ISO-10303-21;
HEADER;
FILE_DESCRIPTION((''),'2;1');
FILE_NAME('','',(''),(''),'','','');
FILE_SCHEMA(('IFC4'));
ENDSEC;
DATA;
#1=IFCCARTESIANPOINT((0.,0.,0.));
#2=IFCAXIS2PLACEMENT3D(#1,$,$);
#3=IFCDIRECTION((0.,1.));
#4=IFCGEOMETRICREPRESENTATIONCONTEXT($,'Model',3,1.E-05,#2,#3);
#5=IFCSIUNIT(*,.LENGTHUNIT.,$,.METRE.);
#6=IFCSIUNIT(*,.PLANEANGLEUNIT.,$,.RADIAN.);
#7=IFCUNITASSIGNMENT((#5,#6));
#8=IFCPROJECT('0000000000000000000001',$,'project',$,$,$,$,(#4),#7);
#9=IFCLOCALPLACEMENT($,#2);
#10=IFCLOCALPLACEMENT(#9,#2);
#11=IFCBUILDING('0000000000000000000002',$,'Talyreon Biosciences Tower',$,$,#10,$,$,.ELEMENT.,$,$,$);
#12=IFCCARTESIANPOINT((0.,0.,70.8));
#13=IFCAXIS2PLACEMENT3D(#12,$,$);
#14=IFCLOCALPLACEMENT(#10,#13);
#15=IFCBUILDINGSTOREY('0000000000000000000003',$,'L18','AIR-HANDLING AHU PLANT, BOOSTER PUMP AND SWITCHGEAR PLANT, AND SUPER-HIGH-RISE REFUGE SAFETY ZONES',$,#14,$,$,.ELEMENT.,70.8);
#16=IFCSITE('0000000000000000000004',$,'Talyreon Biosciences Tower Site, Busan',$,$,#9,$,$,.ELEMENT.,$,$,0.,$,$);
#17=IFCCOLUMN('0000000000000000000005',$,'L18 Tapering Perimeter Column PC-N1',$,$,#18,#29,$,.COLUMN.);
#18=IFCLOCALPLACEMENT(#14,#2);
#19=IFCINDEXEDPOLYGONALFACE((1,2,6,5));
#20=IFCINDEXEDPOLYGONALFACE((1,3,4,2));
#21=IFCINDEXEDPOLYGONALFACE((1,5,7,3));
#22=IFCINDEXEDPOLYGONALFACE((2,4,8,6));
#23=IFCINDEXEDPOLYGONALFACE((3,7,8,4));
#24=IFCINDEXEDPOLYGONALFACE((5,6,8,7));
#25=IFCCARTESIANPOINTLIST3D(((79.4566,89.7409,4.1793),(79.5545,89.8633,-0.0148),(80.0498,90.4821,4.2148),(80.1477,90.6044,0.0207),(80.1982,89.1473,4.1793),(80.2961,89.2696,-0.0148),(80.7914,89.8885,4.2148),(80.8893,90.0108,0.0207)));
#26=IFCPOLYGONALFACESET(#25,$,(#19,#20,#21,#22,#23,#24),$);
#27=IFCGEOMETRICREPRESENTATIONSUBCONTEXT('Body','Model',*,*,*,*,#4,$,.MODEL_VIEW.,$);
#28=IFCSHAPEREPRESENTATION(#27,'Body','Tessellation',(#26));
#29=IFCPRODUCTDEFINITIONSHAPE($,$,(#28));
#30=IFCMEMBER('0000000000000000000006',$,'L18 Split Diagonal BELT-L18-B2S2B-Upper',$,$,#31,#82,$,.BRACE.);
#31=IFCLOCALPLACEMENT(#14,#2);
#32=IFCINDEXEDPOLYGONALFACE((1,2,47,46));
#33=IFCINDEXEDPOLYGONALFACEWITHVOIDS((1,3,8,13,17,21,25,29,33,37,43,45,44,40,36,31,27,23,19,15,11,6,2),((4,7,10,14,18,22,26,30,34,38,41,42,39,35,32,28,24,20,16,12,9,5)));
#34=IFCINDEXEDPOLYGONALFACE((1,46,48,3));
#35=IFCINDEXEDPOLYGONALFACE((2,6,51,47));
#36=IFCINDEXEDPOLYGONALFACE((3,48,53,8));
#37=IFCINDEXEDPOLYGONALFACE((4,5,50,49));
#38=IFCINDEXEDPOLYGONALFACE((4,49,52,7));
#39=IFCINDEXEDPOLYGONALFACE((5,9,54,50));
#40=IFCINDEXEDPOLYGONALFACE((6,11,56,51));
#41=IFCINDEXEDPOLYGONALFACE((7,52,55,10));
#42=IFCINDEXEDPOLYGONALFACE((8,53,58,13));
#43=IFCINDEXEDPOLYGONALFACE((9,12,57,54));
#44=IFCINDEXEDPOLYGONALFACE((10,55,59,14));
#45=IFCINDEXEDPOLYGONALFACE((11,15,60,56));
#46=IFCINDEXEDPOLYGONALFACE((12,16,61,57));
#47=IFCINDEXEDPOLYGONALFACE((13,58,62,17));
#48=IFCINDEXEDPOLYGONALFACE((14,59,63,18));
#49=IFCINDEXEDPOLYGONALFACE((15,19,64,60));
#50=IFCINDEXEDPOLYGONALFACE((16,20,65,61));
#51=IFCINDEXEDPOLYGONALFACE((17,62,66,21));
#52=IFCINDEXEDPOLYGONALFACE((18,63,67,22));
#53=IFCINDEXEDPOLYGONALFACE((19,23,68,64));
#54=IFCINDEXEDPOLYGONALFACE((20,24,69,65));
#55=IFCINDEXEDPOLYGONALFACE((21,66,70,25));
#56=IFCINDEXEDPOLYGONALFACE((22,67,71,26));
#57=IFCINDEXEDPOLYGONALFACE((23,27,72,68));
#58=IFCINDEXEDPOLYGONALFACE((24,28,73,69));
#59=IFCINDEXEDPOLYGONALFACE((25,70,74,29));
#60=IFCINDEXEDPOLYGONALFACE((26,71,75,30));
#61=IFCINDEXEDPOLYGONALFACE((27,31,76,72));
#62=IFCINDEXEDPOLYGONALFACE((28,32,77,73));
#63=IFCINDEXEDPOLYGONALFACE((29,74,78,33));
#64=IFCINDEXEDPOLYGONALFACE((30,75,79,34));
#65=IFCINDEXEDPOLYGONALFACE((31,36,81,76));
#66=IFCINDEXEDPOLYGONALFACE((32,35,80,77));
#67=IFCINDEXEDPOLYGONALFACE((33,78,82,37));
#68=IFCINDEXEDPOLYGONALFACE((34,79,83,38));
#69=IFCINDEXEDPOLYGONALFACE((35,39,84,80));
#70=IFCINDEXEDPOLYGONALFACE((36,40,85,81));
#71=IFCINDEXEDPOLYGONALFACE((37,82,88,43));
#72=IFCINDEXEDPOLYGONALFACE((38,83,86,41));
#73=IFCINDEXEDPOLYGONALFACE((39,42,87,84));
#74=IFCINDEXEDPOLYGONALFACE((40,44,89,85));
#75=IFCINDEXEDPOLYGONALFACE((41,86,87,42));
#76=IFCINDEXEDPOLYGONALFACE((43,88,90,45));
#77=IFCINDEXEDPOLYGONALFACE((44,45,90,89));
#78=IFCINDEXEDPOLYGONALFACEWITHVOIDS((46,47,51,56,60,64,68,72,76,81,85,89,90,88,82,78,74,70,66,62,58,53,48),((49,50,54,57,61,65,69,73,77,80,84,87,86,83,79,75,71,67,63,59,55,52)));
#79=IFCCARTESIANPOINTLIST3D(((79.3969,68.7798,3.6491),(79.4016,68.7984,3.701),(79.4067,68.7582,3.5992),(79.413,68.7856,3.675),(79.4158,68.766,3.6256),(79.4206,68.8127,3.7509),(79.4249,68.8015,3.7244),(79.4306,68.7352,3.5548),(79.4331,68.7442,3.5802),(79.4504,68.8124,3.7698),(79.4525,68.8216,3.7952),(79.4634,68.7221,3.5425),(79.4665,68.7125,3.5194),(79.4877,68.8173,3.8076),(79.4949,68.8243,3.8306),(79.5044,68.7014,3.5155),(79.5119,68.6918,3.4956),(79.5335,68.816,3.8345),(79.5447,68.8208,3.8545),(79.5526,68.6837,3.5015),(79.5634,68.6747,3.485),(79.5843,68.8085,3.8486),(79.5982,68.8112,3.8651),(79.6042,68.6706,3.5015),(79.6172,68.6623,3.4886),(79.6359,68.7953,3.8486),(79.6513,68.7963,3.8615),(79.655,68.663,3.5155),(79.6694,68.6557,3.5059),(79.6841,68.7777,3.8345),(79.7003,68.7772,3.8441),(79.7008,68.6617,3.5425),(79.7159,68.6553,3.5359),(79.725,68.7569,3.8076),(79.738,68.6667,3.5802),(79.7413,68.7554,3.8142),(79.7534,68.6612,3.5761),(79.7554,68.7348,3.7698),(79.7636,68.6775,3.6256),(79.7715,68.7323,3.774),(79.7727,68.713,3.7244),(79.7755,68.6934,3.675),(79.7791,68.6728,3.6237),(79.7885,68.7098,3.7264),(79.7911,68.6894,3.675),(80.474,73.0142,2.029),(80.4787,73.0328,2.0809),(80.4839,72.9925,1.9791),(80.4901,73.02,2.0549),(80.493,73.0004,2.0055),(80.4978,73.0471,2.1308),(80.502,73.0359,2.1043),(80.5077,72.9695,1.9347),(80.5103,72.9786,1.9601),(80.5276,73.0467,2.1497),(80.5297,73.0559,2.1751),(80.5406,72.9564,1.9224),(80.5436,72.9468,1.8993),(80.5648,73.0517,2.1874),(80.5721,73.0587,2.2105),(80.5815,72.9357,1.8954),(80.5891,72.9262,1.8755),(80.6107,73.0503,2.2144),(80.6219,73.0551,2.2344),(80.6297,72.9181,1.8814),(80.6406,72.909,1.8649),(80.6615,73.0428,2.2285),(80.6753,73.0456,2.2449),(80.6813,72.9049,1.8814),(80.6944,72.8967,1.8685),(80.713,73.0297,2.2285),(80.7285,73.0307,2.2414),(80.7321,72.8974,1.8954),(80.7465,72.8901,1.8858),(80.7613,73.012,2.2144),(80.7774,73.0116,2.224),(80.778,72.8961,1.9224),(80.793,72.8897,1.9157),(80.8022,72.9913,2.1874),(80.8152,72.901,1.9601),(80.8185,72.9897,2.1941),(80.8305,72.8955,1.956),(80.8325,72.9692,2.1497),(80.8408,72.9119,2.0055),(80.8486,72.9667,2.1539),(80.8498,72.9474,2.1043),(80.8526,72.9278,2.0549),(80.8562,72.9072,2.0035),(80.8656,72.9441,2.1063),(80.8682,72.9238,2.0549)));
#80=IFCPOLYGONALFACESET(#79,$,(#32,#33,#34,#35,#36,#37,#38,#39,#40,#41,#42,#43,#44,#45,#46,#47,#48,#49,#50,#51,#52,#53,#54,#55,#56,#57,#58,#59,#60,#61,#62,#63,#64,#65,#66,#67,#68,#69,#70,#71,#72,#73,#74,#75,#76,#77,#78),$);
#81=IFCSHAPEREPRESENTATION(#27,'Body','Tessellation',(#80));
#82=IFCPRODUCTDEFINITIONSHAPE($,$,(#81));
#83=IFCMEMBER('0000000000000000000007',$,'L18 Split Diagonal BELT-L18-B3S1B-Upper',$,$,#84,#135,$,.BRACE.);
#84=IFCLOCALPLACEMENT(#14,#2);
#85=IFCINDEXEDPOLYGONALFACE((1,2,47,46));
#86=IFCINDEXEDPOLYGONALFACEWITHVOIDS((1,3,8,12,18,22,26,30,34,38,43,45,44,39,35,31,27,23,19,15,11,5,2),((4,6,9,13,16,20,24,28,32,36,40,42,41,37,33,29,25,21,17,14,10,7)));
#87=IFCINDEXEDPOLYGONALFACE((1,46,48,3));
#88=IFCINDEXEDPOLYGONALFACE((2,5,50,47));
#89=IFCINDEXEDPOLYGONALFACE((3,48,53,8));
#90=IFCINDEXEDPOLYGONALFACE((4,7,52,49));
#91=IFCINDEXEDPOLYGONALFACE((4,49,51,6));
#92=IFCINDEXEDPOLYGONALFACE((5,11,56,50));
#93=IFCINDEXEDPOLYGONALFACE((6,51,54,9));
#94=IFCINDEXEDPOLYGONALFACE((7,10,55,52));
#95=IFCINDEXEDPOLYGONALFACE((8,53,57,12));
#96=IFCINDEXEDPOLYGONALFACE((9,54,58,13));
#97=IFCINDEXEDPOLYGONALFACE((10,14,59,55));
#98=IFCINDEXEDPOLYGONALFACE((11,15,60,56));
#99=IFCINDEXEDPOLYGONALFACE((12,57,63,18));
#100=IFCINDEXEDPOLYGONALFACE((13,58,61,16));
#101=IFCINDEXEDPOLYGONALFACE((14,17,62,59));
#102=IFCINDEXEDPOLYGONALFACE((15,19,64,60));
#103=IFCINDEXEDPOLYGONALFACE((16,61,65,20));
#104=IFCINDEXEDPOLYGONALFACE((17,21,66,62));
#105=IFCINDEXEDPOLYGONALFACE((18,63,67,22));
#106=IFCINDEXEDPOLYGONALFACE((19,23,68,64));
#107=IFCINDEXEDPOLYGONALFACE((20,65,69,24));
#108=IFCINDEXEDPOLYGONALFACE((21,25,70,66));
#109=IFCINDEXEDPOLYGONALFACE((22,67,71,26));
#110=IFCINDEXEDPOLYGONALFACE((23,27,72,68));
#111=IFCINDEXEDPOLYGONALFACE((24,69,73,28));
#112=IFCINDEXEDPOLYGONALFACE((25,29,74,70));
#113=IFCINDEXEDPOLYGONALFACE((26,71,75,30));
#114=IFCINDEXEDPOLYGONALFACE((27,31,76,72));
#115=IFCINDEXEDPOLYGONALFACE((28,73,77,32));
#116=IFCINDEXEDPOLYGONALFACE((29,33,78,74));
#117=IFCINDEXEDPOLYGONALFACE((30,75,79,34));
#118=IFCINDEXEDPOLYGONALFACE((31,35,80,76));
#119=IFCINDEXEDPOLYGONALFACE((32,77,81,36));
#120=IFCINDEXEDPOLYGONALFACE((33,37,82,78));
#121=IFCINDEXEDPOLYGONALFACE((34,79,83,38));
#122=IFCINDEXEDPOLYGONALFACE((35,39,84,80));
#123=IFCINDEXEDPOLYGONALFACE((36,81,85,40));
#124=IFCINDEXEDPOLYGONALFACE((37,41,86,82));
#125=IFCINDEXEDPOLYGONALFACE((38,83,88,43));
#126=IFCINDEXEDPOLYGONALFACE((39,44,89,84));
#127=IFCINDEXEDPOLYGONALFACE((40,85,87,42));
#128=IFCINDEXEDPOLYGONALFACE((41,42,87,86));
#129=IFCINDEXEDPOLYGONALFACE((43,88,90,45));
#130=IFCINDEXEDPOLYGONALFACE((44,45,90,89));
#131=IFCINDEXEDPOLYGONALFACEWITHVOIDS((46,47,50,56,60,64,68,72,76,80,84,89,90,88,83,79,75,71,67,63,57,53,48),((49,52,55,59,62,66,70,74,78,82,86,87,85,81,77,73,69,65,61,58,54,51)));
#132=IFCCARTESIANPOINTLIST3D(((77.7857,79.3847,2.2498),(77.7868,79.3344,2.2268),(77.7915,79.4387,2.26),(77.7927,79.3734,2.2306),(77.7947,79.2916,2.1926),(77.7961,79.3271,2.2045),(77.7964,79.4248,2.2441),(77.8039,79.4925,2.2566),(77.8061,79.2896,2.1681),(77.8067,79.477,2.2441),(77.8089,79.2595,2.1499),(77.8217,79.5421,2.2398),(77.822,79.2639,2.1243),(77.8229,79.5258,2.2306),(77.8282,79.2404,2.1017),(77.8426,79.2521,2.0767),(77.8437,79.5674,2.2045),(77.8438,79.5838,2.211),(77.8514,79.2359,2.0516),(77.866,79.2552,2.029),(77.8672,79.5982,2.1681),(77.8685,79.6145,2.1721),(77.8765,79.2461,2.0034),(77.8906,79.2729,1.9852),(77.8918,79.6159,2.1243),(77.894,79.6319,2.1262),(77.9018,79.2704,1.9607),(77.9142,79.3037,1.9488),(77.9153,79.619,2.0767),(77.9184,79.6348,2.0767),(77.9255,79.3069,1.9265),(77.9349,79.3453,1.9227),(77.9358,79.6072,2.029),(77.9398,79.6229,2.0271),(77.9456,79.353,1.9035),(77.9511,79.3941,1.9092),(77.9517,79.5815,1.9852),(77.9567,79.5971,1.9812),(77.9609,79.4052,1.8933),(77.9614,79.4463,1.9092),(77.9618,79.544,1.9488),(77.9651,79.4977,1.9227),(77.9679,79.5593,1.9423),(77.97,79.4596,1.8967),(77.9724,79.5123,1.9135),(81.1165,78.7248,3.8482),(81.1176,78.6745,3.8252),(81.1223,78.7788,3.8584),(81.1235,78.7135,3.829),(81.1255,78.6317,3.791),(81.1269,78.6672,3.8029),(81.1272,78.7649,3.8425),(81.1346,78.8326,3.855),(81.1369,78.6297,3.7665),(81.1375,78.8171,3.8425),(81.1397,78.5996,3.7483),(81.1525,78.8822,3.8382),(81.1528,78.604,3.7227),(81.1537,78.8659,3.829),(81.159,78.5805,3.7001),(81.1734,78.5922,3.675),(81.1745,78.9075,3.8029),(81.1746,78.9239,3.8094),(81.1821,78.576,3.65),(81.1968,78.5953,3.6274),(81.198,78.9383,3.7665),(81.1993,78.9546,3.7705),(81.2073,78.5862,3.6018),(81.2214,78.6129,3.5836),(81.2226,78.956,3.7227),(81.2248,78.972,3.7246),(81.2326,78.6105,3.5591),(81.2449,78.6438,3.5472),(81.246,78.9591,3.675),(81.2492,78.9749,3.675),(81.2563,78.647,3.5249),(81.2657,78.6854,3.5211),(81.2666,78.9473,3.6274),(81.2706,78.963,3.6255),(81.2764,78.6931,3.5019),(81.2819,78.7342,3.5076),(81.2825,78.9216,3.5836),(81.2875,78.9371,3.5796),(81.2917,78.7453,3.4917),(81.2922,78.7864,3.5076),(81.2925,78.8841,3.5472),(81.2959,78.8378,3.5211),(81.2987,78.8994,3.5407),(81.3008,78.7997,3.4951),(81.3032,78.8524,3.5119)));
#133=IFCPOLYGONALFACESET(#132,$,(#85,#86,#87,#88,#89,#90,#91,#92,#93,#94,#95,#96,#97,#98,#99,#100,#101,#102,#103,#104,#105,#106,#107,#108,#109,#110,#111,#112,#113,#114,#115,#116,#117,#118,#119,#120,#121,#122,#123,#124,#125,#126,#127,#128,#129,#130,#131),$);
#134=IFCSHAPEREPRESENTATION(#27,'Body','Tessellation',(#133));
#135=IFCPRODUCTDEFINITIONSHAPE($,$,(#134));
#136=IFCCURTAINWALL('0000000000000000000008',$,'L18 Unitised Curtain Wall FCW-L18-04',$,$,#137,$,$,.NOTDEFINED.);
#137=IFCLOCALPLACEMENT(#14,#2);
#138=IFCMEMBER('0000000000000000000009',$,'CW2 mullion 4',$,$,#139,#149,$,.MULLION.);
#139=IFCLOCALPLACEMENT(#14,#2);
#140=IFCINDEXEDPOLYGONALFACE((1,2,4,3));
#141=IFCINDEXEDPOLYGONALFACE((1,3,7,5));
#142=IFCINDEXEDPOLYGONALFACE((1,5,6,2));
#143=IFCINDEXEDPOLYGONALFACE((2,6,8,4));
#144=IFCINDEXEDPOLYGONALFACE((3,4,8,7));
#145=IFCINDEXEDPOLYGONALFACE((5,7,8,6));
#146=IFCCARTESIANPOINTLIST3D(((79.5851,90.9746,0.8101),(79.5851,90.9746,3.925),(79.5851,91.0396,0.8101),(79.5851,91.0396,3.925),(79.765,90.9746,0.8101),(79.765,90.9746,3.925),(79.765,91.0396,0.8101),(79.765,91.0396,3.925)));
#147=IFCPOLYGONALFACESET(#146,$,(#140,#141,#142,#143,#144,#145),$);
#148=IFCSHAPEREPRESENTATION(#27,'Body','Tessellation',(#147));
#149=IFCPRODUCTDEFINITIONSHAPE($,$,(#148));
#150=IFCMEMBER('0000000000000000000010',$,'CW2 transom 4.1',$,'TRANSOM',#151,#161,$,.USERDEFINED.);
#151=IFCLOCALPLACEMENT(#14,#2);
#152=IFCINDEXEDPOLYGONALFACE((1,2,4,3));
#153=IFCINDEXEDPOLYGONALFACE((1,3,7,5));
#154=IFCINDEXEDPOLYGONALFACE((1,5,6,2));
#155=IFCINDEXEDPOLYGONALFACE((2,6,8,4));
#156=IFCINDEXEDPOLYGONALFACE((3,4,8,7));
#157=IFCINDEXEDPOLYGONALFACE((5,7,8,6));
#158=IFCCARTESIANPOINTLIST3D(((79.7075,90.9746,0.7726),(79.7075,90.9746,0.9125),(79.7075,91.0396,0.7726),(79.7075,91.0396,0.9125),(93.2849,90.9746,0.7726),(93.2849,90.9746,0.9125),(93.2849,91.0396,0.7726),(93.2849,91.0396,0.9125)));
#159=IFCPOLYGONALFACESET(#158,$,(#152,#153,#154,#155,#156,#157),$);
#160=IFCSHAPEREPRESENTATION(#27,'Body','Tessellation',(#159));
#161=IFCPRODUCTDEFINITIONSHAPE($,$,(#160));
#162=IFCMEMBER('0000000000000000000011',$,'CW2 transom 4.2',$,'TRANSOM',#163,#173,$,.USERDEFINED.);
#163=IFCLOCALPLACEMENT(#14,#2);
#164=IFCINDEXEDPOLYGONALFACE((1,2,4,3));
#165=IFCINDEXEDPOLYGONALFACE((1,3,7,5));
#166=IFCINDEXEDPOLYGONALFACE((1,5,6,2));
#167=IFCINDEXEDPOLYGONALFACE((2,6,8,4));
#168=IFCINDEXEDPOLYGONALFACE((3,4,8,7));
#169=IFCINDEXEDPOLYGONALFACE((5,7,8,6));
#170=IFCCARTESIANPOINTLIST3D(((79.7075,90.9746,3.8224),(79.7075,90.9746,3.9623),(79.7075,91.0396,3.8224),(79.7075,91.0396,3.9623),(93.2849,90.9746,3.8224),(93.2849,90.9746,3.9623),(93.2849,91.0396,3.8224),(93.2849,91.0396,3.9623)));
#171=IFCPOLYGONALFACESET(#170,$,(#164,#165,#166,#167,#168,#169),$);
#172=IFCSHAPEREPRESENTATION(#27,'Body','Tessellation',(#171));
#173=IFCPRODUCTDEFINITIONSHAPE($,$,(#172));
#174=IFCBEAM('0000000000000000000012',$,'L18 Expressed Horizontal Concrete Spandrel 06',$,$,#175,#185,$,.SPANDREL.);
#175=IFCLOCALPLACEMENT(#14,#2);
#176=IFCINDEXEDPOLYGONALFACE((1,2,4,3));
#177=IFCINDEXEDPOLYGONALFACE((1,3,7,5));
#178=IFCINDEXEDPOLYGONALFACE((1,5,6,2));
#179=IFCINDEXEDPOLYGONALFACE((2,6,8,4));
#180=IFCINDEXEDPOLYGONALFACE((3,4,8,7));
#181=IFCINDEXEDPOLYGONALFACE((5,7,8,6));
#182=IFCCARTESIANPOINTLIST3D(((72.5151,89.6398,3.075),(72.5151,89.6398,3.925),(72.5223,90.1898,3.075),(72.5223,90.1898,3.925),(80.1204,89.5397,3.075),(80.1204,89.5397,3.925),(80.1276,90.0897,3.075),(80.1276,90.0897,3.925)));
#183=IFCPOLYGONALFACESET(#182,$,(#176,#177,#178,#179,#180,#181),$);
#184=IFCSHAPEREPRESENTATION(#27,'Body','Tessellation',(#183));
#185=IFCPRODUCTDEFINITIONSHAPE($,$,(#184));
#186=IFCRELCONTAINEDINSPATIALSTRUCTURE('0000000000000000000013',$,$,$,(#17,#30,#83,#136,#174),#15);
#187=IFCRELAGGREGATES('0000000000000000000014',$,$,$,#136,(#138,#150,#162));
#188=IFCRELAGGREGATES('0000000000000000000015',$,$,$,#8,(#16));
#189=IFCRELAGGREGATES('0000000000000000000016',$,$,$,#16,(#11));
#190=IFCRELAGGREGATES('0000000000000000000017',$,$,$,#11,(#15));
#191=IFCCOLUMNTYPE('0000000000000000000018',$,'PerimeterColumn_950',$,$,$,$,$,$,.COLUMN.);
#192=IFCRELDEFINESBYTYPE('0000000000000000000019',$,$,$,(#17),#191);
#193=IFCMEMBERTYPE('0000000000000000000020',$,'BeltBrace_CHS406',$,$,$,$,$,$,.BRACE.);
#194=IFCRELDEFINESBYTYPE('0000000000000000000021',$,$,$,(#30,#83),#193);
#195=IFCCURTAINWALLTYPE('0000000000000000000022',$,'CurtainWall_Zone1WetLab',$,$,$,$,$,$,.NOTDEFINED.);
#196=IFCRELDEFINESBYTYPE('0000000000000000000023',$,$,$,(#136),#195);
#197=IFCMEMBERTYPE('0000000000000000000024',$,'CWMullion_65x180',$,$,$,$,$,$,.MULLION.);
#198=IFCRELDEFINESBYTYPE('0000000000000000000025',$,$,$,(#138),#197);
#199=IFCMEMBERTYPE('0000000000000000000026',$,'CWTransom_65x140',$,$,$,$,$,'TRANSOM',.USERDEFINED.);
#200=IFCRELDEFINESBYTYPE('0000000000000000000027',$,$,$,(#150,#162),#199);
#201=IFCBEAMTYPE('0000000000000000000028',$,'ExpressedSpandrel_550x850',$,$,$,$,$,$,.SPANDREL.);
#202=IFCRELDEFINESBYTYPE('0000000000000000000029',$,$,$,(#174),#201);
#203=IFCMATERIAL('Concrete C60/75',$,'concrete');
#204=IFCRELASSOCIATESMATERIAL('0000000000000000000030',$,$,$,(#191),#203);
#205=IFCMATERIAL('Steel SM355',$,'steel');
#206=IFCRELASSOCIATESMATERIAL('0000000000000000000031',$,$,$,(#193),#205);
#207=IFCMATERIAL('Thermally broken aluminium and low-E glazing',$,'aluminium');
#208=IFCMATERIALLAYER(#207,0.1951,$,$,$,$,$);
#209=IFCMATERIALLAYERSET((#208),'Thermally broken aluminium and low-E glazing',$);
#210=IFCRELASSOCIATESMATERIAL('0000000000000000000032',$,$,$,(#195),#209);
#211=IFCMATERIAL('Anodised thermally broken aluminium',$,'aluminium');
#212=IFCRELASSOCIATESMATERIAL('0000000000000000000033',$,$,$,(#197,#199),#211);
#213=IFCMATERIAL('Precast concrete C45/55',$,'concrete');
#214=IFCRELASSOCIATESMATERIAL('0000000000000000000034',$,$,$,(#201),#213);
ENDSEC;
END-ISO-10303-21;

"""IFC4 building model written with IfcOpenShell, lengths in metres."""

from ifc_helpers import new_model, si_unit, direction, frame, origin, origin_2d, place, context, subcontext, project, spatial, rectangle, hollow_circle, extrude, material, layer, layer_set, material_profile, profile_set, type_object, element, aggregate, save


model = new_model("IFC4")

# Units and contexts
model_context = context("Model", 3, precision=1e-05, world=origin(), true_north=direction((0.0, 1.0)))
body_context = subcontext(model_context, "Body", "Model", "MODEL_VIEW")
ifc_project = project(units=[si_unit("LENGTHUNIT", "METRE"), si_unit("PLANEANGLEUNIT", "RADIAN")], contexts=[model_context])

# Site, building, storey
site_placement = place(None, origin())
site = spatial("IfcSite", under=ifc_project, at=site_placement, Name="Talyreon Biosciences Tower Site, Busan", CompositionType="ELEMENT", RefElevation=0.0)
building_placement = place(site_placement, origin())
building = spatial("IfcBuilding", under=site, at=building_placement, Name="Talyreon Biosciences Tower", CompositionType="ELEMENT")
storey_placement = place(building_placement, frame((0.0, 0.0, 70.8)))
storey = spatial("IfcBuildingStorey", under=building, at=storey_placement, Name="L18", Description="AIR-HANDLING AHU PLANT, BOOSTER PUMP AND SWITCHGEAR PLANT, AND SUPER-HIGH-RISE REFUGE SAFETY ZONES", CompositionType="ELEMENT", Elevation=70.8)

# Column
ifc_material_1 = material(Name="Concrete C60/75", Category="concrete")
ifc_material_profile_1 = material_profile(ifc_material_1, rectangle(XDim=0.95, YDim=0.95, at=origin_2d()), Name="RC 950x950")
ifc_profile_set_1 = profile_set([ifc_material_profile_1], Name="Concrete C60/75")
column_type = type_object("IfcColumnType", Name="PerimeterColumn_950", PredefinedType="COLUMN", material=ifc_profile_set_1)
column_placement = place(storey_placement, frame((80.2219, 89.937, 0.0029), z_axis=(-0.023326, -0.029143, 0.999303), x_axis=(-0.780717, 0.624885, 0.0)))
element("IfcColumn", 1, at=column_placement, inside=storey, type_object=column_type, Name="L18 Tapering Perimeter Column PC-N1", PredefinedType="COLUMN", context=body_context, shape_type="SweptSolid", body=[
    extrude(rectangle(XDim=0.95, YDim=0.95, at=origin_2d()), origin(), (0.0, 0.0, 1.0), 4.197),
])

# Members
ifc_material_2 = material(Name="Steel SM355", Category="steel")
ifc_material_profile_2 = material_profile(ifc_material_2, hollow_circle(Radius=0.2031, WallThickness=0.0161, at=origin_2d()), Name="CHS 406.4x16")
ifc_profile_set_2 = profile_set([ifc_material_profile_2], Name="Steel SM355")
member_type_1 = type_object("IfcMemberType", Name="BeltBrace_CHS406", PredefinedType="BRACE", material=ifc_profile_set_2)
member_1_placement = place(storey_placement, frame((80.6714, 72.9739, 2.0549), z_axis=(-0.231151, -0.908678, 0.34767), x_axis=(0.969135, -0.24653, 0.0)))
element("IfcMember", 2, at=member_1_placement, inside=storey, type_object=member_type_1, Name="L18 Split Diagonal BELT-L18-B2S2B-Upper", PredefinedType="BRACE", context=body_context, shape_type="SweptSolid", body=[
    extrude(hollow_circle(Radius=0.2031, WallThickness=0.0161, at=origin_2d()), origin(), (0.0, 0.0, 1.0), 4.6599),
])
member_2_placement = place(storey_placement, frame((77.8789, 79.4355, 2.0767), z_axis=(0.887518, -0.175838, 0.425902), x_axis=(0.194346, 0.980933, 0.0)))
element("IfcMember", 3, at=member_2_placement, inside=storey, type_object=member_type_1, Name="L18 Split Diagonal BELT-L18-B3S1B-Upper", PredefinedType="BRACE", context=body_context, shape_type="SweptSolid", body=[
    extrude(hollow_circle(Radius=0.2031, WallThickness=0.0161, at=origin_2d()), origin(), (0.0, 0.0, 1.0), 3.7529),
])

# Curtain wall, members
ifc_material_3 = material(Name="Thermally broken aluminium and low-E glazing", Category="aluminium")
ifc_layer_1 = layer(ifc_material_3, 0.1951)
ifc_layer_set_1 = layer_set([ifc_layer_1], Name="Thermally broken aluminium and low-E glazing")
curtain_wall_type = type_object("IfcCurtainWallType", Name="CurtainWall_Zone1WetLab", PredefinedType="NOTDEFINED", material=ifc_layer_set_1)
curtain_wall_placement = place(storey_placement, origin())
curtain_wall = element("IfcCurtainWall", 4, at=curtain_wall_placement, inside=storey, type_object=curtain_wall_type, Name="L18 Unitised Curtain Wall FCW-L18-04", PredefinedType="NOTDEFINED")
ifc_material_4 = material(Name="Anodised thermally broken aluminium", Category="aluminium")
ifc_material_profile_3 = material_profile(ifc_material_4, rectangle(XDim=0.0649, YDim=0.1799, at=origin_2d()), Name="ALUM MULLION 65x180")
ifc_profile_set_3 = profile_set([ifc_material_profile_3], Name="Anodised thermally broken aluminium")
member_type_2 = type_object("IfcMemberType", Name="CWMullion_65x180", PredefinedType="MULLION", material=ifc_profile_set_3)
member_3_placement = place(storey_placement, frame((79.675, 91.0071, 0.8101), z_axis=(0.0, 0.0, 1.0), x_axis=(0.0, 1.0, 0.0)))
member_3 = element("IfcMember", 5, at=member_3_placement, type_object=member_type_2, Name="CW2 mullion 4", PredefinedType="MULLION", context=body_context, shape_type="SweptSolid", body=[
    extrude(rectangle(XDim=0.0649, YDim=0.1799, at=origin_2d()), origin(), (0.0, 0.0, 1.0), 3.115),
])
ifc_material_profile_4 = material_profile(ifc_material_4, rectangle(XDim=0.0649, YDim=0.1399, at=origin_2d()), Name="ALUM TRANSOM 65x140")
ifc_profile_set_4 = profile_set([ifc_material_profile_4], Name="Anodised thermally broken aluminium")
member_type_3 = type_object("IfcMemberType", Name="CWTransom_65x140", ElementType="TRANSOM", PredefinedType="USERDEFINED", material=ifc_profile_set_4)
member_4_placement = place(storey_placement, frame((79.7075, 91.0071, 0.8425), z_axis=(1.0, 0.0, 0.0), x_axis=(0.0, 1.0, 0.0)))
member_4 = element("IfcMember", 6, at=member_4_placement, type_object=member_type_3, Name="CW2 transom 4.1", ObjectType="TRANSOM", PredefinedType="USERDEFINED", context=body_context, shape_type="SweptSolid", body=[
    extrude(rectangle(XDim=0.0649, YDim=0.1399, at=origin_2d()), origin(), (0.0, 0.0, 1.0), 13.5774),
])
member_5_placement = place(storey_placement, frame((79.7075, 91.0071, 3.8923), z_axis=(1.0, 0.0, 0.0), x_axis=(0.0, 1.0, 0.0)))
member_5 = element("IfcMember", 7, at=member_5_placement, type_object=member_type_3, Name="CW2 transom 4.2", ObjectType="TRANSOM", PredefinedType="USERDEFINED", context=body_context, shape_type="SweptSolid", body=[
    extrude(rectangle(XDim=0.0649, YDim=0.1399, at=origin_2d()), origin(), (0.0, 0.0, 1.0), 13.5774),
])
aggregate(curtain_wall, [member_3, member_4, member_5])

# Beam
ifc_material_5 = material(Name="Precast concrete C45/55", Category="concrete")
ifc_material_profile_5 = material_profile(ifc_material_5, rectangle(XDim=0.55, YDim=0.8501, at=origin_2d()), Name="RCB 550x850")
ifc_profile_set_5 = profile_set([ifc_material_profile_5], Name="Precast concrete C45/55")
beam_type = type_object("IfcBeamType", Name="ExpressedSpandrel_550x850", PredefinedType="SPANDREL", material=ifc_profile_set_5)
beam_placement = place(storey_placement, frame((80.124, 89.8147, 3.5), z_axis=(-0.999913, 0.013161, 0.0), x_axis=(-0.013161, -0.999913, 0.0)))
element("IfcBeam", 8, at=beam_placement, inside=storey, type_object=beam_type, Name="L18 Expressed Horizontal Concrete Spandrel 06", PredefinedType="SPANDREL", context=body_context, shape_type="SweptSolid", body=[
    extrude(rectangle(XDim=0.55, YDim=0.8501, at=origin_2d()), origin(), (0.0, 0.0, 1.0), 7.606),
])

save(model, "model.ifc")
